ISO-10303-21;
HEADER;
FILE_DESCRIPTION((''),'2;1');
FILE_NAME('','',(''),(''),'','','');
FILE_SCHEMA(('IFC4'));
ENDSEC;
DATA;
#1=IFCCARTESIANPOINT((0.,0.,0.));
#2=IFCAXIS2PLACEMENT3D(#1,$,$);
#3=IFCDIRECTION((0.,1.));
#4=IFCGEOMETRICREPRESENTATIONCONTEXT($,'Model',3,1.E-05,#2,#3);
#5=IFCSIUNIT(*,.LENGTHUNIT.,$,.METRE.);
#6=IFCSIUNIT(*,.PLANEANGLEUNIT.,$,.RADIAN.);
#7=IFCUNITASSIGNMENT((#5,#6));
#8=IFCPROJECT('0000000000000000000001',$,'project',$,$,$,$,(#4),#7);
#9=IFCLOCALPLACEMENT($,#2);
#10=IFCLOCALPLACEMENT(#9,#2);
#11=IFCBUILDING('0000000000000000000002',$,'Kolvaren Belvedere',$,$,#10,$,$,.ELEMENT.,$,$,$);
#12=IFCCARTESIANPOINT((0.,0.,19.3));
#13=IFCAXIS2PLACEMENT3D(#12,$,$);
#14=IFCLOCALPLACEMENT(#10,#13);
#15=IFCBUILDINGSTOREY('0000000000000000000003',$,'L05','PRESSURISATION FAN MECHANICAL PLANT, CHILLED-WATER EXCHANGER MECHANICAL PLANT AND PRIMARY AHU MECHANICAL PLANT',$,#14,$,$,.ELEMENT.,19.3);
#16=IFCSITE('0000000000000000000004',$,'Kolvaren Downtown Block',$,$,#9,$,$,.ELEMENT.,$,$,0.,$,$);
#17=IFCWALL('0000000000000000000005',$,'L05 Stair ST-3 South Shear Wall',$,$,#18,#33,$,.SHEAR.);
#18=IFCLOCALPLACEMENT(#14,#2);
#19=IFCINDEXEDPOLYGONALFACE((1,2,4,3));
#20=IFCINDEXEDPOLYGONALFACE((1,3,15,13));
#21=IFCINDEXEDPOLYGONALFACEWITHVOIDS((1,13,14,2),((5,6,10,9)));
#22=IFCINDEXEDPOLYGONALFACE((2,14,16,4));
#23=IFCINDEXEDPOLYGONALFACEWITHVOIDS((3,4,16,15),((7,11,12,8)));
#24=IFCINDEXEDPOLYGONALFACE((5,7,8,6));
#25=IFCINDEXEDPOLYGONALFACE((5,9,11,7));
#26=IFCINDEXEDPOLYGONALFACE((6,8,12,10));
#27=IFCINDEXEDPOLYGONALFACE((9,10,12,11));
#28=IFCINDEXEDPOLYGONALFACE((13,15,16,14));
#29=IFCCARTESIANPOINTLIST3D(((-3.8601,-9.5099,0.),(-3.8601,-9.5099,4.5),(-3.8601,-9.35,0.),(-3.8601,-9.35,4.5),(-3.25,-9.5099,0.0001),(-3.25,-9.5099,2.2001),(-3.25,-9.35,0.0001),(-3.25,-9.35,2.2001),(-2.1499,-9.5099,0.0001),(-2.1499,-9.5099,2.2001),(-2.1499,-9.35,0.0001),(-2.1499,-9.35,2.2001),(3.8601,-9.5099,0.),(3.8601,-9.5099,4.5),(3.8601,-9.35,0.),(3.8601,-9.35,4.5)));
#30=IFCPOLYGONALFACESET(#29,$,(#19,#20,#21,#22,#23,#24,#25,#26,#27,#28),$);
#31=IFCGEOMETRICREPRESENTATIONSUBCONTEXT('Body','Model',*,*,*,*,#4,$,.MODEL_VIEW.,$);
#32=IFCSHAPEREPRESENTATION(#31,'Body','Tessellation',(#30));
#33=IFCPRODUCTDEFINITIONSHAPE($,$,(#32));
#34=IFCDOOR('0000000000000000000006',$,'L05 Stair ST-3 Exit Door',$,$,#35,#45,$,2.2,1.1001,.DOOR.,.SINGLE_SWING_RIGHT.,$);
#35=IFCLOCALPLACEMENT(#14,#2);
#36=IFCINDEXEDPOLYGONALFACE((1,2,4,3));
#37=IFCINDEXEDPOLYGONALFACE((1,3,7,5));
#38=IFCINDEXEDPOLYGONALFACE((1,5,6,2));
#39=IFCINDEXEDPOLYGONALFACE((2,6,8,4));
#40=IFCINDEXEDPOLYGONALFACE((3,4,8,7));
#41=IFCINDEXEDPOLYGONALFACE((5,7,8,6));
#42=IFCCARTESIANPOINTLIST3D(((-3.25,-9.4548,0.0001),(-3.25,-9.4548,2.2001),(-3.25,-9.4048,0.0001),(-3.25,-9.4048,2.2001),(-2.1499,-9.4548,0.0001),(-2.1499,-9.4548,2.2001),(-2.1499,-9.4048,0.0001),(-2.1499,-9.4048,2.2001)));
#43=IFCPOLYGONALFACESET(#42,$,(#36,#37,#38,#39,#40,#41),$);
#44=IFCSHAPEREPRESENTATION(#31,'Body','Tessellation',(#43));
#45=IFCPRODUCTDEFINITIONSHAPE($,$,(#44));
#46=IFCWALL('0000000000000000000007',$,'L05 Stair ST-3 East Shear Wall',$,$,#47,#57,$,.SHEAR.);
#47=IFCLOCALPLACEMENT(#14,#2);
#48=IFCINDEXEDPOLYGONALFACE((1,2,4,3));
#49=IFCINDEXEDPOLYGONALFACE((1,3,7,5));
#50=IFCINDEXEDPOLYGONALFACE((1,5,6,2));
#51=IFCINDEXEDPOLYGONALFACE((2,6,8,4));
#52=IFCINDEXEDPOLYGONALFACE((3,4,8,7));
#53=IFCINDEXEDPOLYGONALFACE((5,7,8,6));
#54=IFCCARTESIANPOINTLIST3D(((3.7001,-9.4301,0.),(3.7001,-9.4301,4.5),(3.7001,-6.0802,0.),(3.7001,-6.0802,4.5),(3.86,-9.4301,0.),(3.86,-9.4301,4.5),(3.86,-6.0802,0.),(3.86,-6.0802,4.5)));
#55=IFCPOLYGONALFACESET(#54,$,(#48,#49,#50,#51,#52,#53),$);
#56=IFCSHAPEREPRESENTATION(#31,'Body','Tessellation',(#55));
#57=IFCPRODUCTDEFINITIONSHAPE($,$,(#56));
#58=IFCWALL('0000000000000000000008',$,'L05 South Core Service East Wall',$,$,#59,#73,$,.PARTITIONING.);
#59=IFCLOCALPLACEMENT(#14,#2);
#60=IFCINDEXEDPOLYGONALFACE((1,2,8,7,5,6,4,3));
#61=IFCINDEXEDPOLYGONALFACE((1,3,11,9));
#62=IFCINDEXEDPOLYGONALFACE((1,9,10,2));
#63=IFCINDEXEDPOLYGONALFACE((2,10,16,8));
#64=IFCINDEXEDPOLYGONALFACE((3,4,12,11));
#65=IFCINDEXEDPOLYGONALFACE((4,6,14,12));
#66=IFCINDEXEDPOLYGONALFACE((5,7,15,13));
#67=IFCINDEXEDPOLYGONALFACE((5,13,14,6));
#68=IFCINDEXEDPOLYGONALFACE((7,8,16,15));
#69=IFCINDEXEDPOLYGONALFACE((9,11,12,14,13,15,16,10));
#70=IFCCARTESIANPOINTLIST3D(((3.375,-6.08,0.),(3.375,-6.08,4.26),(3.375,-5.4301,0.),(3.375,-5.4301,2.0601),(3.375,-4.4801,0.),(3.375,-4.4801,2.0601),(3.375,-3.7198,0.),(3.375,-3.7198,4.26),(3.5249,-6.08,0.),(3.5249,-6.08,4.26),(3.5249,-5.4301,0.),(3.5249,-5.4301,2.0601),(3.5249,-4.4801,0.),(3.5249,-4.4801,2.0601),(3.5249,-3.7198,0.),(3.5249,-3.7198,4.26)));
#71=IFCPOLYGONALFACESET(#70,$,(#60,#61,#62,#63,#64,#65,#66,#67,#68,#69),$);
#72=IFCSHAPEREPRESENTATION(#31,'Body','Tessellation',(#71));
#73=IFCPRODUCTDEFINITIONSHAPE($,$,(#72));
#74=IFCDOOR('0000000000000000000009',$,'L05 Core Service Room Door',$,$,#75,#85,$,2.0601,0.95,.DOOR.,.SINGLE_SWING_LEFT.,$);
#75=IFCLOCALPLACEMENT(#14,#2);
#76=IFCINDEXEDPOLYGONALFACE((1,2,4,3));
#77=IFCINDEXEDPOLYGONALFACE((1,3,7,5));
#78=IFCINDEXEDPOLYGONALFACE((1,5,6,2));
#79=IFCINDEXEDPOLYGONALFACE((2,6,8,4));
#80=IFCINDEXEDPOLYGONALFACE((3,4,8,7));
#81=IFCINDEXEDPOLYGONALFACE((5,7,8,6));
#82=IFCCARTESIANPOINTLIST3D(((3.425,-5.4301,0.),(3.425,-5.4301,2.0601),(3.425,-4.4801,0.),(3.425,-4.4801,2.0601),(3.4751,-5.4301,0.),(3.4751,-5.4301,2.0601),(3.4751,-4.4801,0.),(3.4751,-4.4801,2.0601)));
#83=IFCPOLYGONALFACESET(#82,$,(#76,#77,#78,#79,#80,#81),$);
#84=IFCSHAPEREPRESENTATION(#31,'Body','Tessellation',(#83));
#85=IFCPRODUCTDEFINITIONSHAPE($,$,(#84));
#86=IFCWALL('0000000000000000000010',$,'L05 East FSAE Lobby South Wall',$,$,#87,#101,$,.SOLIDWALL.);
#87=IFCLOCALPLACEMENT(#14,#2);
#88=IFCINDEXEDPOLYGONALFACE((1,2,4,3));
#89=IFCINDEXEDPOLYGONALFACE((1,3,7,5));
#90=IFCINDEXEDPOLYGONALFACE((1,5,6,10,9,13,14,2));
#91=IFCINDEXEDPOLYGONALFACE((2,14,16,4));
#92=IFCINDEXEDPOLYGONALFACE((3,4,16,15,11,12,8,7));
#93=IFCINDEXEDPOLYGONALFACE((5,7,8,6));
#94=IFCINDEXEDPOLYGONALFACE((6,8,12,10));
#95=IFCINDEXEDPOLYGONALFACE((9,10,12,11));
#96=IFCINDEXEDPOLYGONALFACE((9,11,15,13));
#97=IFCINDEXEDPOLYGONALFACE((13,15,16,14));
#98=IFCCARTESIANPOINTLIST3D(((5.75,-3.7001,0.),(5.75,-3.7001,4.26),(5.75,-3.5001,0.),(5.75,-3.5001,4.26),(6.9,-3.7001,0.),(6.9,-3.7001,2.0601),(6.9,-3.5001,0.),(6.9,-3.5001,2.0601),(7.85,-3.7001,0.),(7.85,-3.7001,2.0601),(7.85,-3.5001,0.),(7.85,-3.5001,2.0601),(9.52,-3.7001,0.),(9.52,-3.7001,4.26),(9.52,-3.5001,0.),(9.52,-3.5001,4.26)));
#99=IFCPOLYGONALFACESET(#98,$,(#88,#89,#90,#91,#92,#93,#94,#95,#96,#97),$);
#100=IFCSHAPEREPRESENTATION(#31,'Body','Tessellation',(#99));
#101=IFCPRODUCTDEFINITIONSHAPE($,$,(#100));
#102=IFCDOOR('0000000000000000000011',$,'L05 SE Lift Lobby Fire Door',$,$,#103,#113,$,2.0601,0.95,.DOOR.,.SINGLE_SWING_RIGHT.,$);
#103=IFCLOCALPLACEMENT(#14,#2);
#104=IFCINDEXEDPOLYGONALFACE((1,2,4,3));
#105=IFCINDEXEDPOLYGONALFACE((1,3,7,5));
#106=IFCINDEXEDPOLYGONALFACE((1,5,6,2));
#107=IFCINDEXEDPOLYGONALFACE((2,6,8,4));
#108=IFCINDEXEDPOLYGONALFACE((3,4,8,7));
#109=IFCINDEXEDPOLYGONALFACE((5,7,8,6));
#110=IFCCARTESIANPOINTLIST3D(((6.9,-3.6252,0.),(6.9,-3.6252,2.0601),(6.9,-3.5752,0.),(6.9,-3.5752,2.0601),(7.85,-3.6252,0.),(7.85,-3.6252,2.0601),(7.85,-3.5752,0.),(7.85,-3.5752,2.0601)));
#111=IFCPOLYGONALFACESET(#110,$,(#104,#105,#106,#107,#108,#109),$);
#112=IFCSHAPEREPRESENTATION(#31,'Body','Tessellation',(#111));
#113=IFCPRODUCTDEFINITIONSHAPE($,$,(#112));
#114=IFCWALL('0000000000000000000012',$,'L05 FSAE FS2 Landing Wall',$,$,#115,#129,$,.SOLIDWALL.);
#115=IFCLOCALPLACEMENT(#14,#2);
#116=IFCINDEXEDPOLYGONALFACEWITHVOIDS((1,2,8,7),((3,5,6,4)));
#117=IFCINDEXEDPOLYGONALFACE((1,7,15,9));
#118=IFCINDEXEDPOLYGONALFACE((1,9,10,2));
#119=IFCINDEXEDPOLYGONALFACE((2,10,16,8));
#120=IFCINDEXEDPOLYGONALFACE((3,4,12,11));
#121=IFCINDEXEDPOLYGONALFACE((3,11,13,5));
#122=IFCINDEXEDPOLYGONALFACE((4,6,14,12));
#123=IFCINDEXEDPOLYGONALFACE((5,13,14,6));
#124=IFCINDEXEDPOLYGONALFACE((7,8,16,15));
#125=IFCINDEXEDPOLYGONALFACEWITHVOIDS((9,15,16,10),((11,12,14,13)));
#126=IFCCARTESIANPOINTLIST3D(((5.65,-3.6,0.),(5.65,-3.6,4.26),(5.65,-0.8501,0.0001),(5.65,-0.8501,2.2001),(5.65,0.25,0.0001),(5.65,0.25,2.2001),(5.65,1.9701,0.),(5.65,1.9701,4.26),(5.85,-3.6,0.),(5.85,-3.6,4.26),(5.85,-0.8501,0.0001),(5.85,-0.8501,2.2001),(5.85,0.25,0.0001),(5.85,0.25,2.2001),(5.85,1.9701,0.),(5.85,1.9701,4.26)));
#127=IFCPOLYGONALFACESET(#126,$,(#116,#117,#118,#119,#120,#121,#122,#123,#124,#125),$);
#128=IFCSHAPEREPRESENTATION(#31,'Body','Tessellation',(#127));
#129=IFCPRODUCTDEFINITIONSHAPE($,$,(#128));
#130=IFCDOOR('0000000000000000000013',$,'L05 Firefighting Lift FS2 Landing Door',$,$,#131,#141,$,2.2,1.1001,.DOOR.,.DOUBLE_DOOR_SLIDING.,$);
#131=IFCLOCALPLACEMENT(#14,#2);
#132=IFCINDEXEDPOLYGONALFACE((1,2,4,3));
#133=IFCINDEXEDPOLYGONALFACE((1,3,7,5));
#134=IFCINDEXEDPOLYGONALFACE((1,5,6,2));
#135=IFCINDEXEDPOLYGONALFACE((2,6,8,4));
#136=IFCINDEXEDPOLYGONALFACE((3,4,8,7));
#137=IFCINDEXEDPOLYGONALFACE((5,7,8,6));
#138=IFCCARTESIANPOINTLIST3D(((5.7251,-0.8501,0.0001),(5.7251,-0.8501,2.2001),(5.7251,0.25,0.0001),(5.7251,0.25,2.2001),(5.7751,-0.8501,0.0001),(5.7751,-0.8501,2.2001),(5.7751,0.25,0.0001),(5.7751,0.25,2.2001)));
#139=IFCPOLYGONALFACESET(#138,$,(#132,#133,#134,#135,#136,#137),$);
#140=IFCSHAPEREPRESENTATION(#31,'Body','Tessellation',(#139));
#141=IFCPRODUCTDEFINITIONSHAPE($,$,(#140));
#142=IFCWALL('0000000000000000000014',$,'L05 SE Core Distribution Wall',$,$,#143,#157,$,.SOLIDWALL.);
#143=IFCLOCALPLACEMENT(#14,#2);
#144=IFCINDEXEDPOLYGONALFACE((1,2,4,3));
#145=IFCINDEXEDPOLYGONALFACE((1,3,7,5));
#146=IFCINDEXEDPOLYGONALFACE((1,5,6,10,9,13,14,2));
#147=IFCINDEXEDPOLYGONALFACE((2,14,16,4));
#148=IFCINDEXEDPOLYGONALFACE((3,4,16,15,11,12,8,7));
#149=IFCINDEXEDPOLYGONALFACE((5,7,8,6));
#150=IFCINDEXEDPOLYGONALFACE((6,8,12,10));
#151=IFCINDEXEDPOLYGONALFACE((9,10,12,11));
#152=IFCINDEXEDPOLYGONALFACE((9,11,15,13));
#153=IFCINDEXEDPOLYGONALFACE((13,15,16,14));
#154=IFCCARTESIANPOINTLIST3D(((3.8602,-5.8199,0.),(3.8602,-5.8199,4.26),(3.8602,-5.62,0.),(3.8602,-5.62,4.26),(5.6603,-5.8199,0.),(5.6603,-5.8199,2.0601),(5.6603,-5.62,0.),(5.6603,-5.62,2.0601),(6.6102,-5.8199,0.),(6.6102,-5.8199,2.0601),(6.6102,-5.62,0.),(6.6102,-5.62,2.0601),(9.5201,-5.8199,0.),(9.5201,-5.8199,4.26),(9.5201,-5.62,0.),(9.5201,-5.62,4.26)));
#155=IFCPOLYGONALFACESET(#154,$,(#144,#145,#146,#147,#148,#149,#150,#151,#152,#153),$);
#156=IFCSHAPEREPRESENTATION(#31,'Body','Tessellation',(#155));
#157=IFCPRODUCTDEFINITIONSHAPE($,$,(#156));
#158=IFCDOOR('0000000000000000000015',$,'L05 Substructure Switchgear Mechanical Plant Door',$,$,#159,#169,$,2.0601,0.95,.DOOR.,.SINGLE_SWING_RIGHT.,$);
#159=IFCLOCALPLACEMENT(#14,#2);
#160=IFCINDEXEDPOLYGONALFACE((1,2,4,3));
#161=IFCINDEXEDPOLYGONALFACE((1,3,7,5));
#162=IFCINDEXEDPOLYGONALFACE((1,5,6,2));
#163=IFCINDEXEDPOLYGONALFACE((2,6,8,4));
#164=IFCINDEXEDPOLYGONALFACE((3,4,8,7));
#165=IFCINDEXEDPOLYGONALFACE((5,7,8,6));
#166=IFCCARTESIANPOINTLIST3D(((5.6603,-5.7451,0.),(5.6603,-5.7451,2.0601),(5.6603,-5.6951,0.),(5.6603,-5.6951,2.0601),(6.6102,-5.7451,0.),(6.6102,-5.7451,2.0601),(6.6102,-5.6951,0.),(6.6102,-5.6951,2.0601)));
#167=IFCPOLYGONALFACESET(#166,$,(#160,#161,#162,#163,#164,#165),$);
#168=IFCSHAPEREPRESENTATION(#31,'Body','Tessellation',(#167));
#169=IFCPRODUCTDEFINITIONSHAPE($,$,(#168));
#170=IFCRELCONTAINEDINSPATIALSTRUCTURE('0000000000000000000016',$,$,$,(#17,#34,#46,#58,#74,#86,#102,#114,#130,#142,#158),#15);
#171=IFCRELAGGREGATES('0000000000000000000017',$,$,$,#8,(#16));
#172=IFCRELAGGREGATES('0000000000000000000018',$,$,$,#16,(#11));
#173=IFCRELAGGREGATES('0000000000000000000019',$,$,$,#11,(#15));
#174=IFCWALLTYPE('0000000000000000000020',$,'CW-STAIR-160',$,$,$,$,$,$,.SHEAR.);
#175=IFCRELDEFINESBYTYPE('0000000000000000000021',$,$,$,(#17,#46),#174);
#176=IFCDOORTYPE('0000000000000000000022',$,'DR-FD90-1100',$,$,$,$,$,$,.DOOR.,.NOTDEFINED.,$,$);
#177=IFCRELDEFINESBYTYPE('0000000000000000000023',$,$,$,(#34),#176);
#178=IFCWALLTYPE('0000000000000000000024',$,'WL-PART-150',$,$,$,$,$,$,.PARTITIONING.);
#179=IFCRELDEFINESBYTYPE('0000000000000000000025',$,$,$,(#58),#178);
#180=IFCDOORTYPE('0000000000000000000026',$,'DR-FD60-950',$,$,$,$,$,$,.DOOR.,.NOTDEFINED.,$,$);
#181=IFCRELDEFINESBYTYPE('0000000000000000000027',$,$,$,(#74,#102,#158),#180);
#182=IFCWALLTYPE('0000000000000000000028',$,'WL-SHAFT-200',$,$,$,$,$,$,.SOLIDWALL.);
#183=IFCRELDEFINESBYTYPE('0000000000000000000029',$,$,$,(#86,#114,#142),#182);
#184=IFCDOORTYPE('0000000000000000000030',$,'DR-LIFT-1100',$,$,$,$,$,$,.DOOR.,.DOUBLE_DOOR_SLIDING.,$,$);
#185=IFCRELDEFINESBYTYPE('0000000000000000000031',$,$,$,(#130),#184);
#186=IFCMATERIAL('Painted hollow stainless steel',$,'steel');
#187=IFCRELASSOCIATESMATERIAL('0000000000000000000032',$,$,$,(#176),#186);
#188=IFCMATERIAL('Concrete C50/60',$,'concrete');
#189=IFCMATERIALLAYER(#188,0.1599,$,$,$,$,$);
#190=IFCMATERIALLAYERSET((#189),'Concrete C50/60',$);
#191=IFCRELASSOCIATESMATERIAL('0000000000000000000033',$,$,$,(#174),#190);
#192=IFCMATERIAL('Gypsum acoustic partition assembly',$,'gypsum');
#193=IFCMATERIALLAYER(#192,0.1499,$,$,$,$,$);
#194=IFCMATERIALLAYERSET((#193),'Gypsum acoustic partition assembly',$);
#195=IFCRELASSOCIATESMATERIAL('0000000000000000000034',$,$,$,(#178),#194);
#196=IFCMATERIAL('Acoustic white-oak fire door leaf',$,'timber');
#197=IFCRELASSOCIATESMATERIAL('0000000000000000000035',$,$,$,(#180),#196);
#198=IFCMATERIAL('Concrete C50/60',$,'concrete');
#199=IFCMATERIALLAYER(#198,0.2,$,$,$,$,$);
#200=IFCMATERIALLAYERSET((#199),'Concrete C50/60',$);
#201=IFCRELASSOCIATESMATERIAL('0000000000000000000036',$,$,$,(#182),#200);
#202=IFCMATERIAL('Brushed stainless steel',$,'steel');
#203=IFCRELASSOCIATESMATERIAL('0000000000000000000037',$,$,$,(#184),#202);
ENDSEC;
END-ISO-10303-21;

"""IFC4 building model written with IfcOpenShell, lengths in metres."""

from ifc_helpers import new_model, si_unit, direction, frame, frame_2d, origin, place, context, subcontext, project, spatial, rectangle, extrude, material, layer, layer_set, type_object, element, fill, save


model = new_model("IFC4")

# Units and contexts
model_context = context("Model", 3, precision=1e-05, world=origin(), true_north=direction((0.0, 1.0)))
body_context = subcontext(model_context, "Body", "Model", "MODEL_VIEW")
ifc_project = project(units=[si_unit("LENGTHUNIT", "METRE"), si_unit("PLANEANGLEUNIT", "RADIAN")], contexts=[model_context])

# Site, building, storey
site_placement = place(None, origin())
site = spatial("IfcSite", under=ifc_project, at=site_placement, Name="Kolvaren Downtown Block", CompositionType="ELEMENT", RefElevation=0.0)
building_placement = place(site_placement, origin())
building = spatial("IfcBuilding", under=site, at=building_placement, Name="Kolvaren Belvedere", CompositionType="ELEMENT")
storey_placement = place(building_placement, frame((0.0, 0.0, 19.3)))
storey = spatial("IfcBuildingStorey", under=building, at=storey_placement, Name="L05", Description="PRESSURISATION FAN MECHANICAL PLANT, CHILLED-WATER EXCHANGER MECHANICAL PLANT AND PRIMARY AHU MECHANICAL PLANT", CompositionType="ELEMENT", Elevation=19.3)

# Wall, opening, door
ifc_material_1 = material(Name="Painted hollow stainless steel", Category="steel")
door_type_1 = type_object("IfcDoorType", Name="DR-FD90-1100", OperationType="NOTDEFINED", PredefinedType="DOOR", material=ifc_material_1)
ifc_material_2 = material(Name="Concrete C50/60", Category="concrete")
ifc_layer_1 = layer(ifc_material_2, 0.1599)
ifc_layer_set_1 = layer_set([ifc_layer_1], Name="Concrete C50/60")
wall_type_1 = type_object("IfcWallType", Name="CW-STAIR-160", PredefinedType="SHEAR", material=ifc_layer_set_1)
wall_1_placement = place(storey_placement, frame((3.8601, -9.4299, 0.0), z_axis=(0.0, 0.0, 1.0), x_axis=(-1.0, 0.0, 0.0)))
wall_1 = element("IfcWall", 1, at=wall_1_placement, inside=storey, type_object=wall_type_1, Name="L05 Stair ST-3 South Shear Wall", PredefinedType="SHEAR", context=body_context, shape_type="SweptSolid", body=[
    extrude(rectangle(XDim=7.7202, YDim=0.1599, at=frame_2d((3.8601, 0.0))), origin(), (0.0, 0.0, 1.0), 4.5),
])
opening_1_placement = place(wall_1_placement, frame((6.01, 0.0, 0.0)))
opening_1 = element("IfcOpeningElement", 2, at=opening_1_placement, cuts=wall_1, PredefinedType="OPENING", context=body_context, shape_type="SweptSolid", body=[
    extrude(rectangle(XDim=1.1001, YDim=2.2, at=frame_2d((0.55, 1.1001))), frame((0.0, 0.0898, 0.0), z_axis=(0.0, -1.0, 0.0), x_axis=(1.0, 0.0, 0.0)), (0.0, 0.0, 1.0), 0.1799),
])
door_1_placement = place(opening_1_placement, origin())
door_1 = element("IfcDoor", 3, at=door_1_placement, inside=storey, type_object=door_type_1, Name="L05 Stair ST-3 Exit Door", OperationType="SINGLE_SWING_RIGHT", OverallHeight=2.2, OverallWidth=1.1001, PredefinedType="DOOR", context=body_context, shape_type="SweptSolid", body=[
    extrude(rectangle(XDim=1.1001, YDim=2.2, at=frame_2d((0.55, 1.1001))), frame((0.0, 0.0249, 0.0), z_axis=(0.0, -1.0, 0.0), x_axis=(1.0, 0.0, 0.0)), (0.0, 0.0, 1.0), 0.05),
])
fill(opening_1, door_1)

# Wall
wall_2_placement = place(storey_placement, frame((3.78, -9.4299, 0.0), z_axis=(0.0, 0.0, 1.0), x_axis=(0.0, 1.0, 0.0)))
element("IfcWall", 4, at=wall_2_placement, inside=storey, type_object=wall_type_1, Name="L05 Stair ST-3 East Shear Wall", PredefinedType="SHEAR", context=body_context, shape_type="SweptSolid", body=[
    extrude(rectangle(XDim=3.3499, YDim=0.1599, at=frame_2d((1.6748, 0.0))), origin(), (0.0, 0.0, 1.0), 4.5),
])

# Walls, openings, doors
ifc_material_3 = material(Name="Gypsum acoustic partition assembly", Category="gypsum")
ifc_layer_2 = layer(ifc_material_3, 0.1499)
ifc_layer_set_2 = layer_set([ifc_layer_2], Name="Gypsum acoustic partition assembly")
wall_type_2 = type_object("IfcWallType", Name="WL-PART-150", PredefinedType="PARTITIONING", material=ifc_layer_set_2)
wall_3_placement = place(storey_placement, frame((3.45, -6.0801, 0.0), z_axis=(0.0, 0.0, 1.0), x_axis=(0.0, 1.0, 0.0)))
wall_3 = element("IfcWall", 5, at=wall_3_placement, inside=storey, type_object=wall_type_2, Name="L05 South Core Service East Wall", PredefinedType="PARTITIONING", context=body_context, shape_type="SweptSolid", body=[
    extrude(rectangle(XDim=2.3601, YDim=0.1499, at=frame_2d((1.1802, 0.0))), origin(), (0.0, 0.0, 1.0), 4.26),
])
opening_2_placement = place(wall_3_placement, frame((0.6499, 0.0, 0.0)))
opening_2 = element("IfcOpeningElement", 6, at=opening_2_placement, cuts=wall_3, PredefinedType="OPENING", context=body_context, shape_type="SweptSolid", body=[
    extrude(rectangle(XDim=0.95, YDim=2.0601, at=frame_2d((0.4751, 1.03))), frame((0.0, 0.085, 0.0), z_axis=(0.0, -1.0, 0.0), x_axis=(1.0, 0.0, 0.0)), (0.0, 0.0, 1.0), 0.1699),
])
ifc_material_4 = material(Name="Acoustic white-oak fire door leaf", Category="timber")
door_type_2 = type_object("IfcDoorType", Name="DR-FD60-950", OperationType="NOTDEFINED", PredefinedType="DOOR", material=ifc_material_4)
door_2_placement = place(opening_2_placement, origin())
door_2 = element("IfcDoor", 7, at=door_2_placement, inside=storey, type_object=door_type_2, Name="L05 Core Service Room Door", OperationType="SINGLE_SWING_LEFT", OverallHeight=2.0601, OverallWidth=0.95, PredefinedType="DOOR", context=body_context, shape_type="SweptSolid", body=[
    extrude(rectangle(XDim=0.95, YDim=2.0601, at=frame_2d((0.4751, 1.03))), frame((0.0, 0.0249, 0.0), z_axis=(0.0, -1.0, 0.0), x_axis=(1.0, 0.0, 0.0)), (0.0, 0.0, 1.0), 0.05),
])
fill(opening_2, door_2)
ifc_material_5 = material(Name="Concrete C50/60", Category="concrete")
ifc_layer_3 = layer(ifc_material_5, 0.2)
ifc_layer_set_3 = layer_set([ifc_layer_3], Name="Concrete C50/60")
wall_type_3 = type_object("IfcWallType", Name="WL-SHAFT-200", PredefinedType="SOLIDWALL", material=ifc_layer_set_3)
wall_4_placement = place(storey_placement, frame((5.75, -3.6001, 0.0), z_axis=(0.0, 0.0, 1.0), x_axis=(1.0, 0.0, 0.0)))
wall_4 = element("IfcWall", 8, at=wall_4_placement, inside=storey, type_object=wall_type_3, Name="L05 East FSAE Lobby South Wall", PredefinedType="SOLIDWALL", context=body_context, shape_type="SweptSolid", body=[
    extrude(rectangle(XDim=3.77, YDim=0.2, at=frame_2d((1.885, 0.0))), origin(), (0.0, 0.0, 1.0), 4.26),
])
opening_3_placement = place(wall_4_placement, frame((1.1499, 0.0, 0.0)))
opening_3 = element("IfcOpeningElement", 9, at=opening_3_placement, cuts=wall_4, PredefinedType="OPENING", context=body_context, shape_type="SweptSolid", body=[
    extrude(rectangle(XDim=0.95, YDim=2.0601, at=frame_2d((0.4751, 1.03))), frame((0.0, 0.1099, 0.0), z_axis=(0.0, -1.0, 0.0), x_axis=(1.0, 0.0, 0.0)), (0.0, 0.0, 1.0), 0.22),
])
door_3_placement = place(opening_3_placement, origin())
door_3 = element("IfcDoor", 10, at=door_3_placement, inside=storey, type_object=door_type_2, Name="L05 SE Lift Lobby Fire Door", OperationType="SINGLE_SWING_RIGHT", OverallHeight=2.0601, OverallWidth=0.95, PredefinedType="DOOR", context=body_context, shape_type="SweptSolid", body=[
    extrude(rectangle(XDim=0.95, YDim=2.0601, at=frame_2d((0.4751, 1.03))), frame((0.0, 0.0249, 0.0), z_axis=(0.0, -1.0, 0.0), x_axis=(1.0, 0.0, 0.0)), (0.0, 0.0, 1.0), 0.05),
])
fill(opening_3, door_3)
wall_5_placement = place(storey_placement, frame((5.75, -3.6001, 0.0), z_axis=(0.0, 0.0, 1.0), x_axis=(0.0, 1.0, 0.0)))
wall_5 = element("IfcWall", 11, at=wall_5_placement, inside=storey, type_object=wall_type_3, Name="L05 FSAE FS2 Landing Wall", PredefinedType="SOLIDWALL", context=body_context, shape_type="SweptSolid", body=[
    extrude(rectangle(XDim=5.5701, YDim=0.2, at=frame_2d((2.7852, 0.0))), origin(), (0.0, 0.0, 1.0), 4.26),
])
opening_4_placement = place(wall_5_placement, frame((2.75, 0.0, 0.0)))
opening_4 = element("IfcOpeningElement", 12, at=opening_4_placement, cuts=wall_5, PredefinedType="OPENING", context=body_context, shape_type="SweptSolid", body=[
    extrude(rectangle(XDim=1.1001, YDim=2.2, at=frame_2d((0.55, 1.1001))), frame((0.0, 0.1099, 0.0), z_axis=(0.0, -1.0, 0.0), x_axis=(1.0, 0.0, 0.0)), (0.0, 0.0, 1.0), 0.22),
])
ifc_material_6 = material(Name="Brushed stainless steel", Category="steel")
door_type_3 = type_object("IfcDoorType", Name="DR-LIFT-1100", OperationType="DOUBLE_DOOR_SLIDING", PredefinedType="DOOR", material=ifc_material_6)
door_4_placement = place(opening_4_placement, origin())
door_4 = element("IfcDoor", 13, at=door_4_placement, inside=storey, type_object=door_type_3, Name="L05 Firefighting Lift FS2 Landing Door", OperationType="DOUBLE_DOOR_SLIDING", OverallHeight=2.2, OverallWidth=1.1001, PredefinedType="DOOR", context=body_context, shape_type="SweptSolid", body=[
    extrude(rectangle(XDim=1.1001, YDim=2.2, at=frame_2d((0.55, 1.1001))), frame((0.0, 0.0249, 0.0), z_axis=(0.0, -1.0, 0.0), x_axis=(1.0, 0.0, 0.0)), (0.0, 0.0, 1.0), 0.05),
])
fill(opening_4, door_4)
wall_6_placement = place(storey_placement, frame((3.8601, -5.72, 0.0), z_axis=(0.0, 0.0, 1.0), x_axis=(1.0, 0.0, 0.0)))
wall_6 = element("IfcWall", 14, at=wall_6_placement, inside=storey, type_object=wall_type_3, Name="L05 SE Core Distribution Wall", PredefinedType="SOLIDWALL", context=body_context, shape_type="SweptSolid", body=[
    extrude(rectangle(XDim=5.6599, YDim=0.2, at=frame_2d((2.8301, 0.0))), origin(), (0.0, 0.0, 1.0), 4.26),
])
opening_5_placement = place(wall_6_placement, frame((1.8, 0.0, 0.0)))
opening_5 = element("IfcOpeningElement", 15, at=opening_5_placement, cuts=wall_6, PredefinedType="OPENING", context=body_context, shape_type="SweptSolid", body=[
    extrude(rectangle(XDim=0.95, YDim=2.0601, at=frame_2d((0.4751, 1.03))), frame((0.0, 0.1099, 0.0), z_axis=(0.0, -1.0, 0.0), x_axis=(1.0, 0.0, 0.0)), (0.0, 0.0, 1.0), 0.22),
])
door_5_placement = place(opening_5_placement, origin())
door_5 = element("IfcDoor", 16, at=door_5_placement, inside=storey, type_object=door_type_2, Name="L05 Substructure Switchgear Mechanical Plant Door", OperationType="SINGLE_SWING_RIGHT", OverallHeight=2.0601, OverallWidth=0.95, PredefinedType="DOOR", context=body_context, shape_type="SweptSolid", body=[
    extrude(rectangle(XDim=0.95, YDim=2.0601, at=frame_2d((0.4751, 1.03))), frame((0.0, 0.0249, 0.0), z_axis=(0.0, -1.0, 0.0), x_axis=(1.0, 0.0, 0.0)), (0.0, 0.0, 1.0), 0.05),
])
fill(opening_5, door_5)

save(model, "model.ifc")
